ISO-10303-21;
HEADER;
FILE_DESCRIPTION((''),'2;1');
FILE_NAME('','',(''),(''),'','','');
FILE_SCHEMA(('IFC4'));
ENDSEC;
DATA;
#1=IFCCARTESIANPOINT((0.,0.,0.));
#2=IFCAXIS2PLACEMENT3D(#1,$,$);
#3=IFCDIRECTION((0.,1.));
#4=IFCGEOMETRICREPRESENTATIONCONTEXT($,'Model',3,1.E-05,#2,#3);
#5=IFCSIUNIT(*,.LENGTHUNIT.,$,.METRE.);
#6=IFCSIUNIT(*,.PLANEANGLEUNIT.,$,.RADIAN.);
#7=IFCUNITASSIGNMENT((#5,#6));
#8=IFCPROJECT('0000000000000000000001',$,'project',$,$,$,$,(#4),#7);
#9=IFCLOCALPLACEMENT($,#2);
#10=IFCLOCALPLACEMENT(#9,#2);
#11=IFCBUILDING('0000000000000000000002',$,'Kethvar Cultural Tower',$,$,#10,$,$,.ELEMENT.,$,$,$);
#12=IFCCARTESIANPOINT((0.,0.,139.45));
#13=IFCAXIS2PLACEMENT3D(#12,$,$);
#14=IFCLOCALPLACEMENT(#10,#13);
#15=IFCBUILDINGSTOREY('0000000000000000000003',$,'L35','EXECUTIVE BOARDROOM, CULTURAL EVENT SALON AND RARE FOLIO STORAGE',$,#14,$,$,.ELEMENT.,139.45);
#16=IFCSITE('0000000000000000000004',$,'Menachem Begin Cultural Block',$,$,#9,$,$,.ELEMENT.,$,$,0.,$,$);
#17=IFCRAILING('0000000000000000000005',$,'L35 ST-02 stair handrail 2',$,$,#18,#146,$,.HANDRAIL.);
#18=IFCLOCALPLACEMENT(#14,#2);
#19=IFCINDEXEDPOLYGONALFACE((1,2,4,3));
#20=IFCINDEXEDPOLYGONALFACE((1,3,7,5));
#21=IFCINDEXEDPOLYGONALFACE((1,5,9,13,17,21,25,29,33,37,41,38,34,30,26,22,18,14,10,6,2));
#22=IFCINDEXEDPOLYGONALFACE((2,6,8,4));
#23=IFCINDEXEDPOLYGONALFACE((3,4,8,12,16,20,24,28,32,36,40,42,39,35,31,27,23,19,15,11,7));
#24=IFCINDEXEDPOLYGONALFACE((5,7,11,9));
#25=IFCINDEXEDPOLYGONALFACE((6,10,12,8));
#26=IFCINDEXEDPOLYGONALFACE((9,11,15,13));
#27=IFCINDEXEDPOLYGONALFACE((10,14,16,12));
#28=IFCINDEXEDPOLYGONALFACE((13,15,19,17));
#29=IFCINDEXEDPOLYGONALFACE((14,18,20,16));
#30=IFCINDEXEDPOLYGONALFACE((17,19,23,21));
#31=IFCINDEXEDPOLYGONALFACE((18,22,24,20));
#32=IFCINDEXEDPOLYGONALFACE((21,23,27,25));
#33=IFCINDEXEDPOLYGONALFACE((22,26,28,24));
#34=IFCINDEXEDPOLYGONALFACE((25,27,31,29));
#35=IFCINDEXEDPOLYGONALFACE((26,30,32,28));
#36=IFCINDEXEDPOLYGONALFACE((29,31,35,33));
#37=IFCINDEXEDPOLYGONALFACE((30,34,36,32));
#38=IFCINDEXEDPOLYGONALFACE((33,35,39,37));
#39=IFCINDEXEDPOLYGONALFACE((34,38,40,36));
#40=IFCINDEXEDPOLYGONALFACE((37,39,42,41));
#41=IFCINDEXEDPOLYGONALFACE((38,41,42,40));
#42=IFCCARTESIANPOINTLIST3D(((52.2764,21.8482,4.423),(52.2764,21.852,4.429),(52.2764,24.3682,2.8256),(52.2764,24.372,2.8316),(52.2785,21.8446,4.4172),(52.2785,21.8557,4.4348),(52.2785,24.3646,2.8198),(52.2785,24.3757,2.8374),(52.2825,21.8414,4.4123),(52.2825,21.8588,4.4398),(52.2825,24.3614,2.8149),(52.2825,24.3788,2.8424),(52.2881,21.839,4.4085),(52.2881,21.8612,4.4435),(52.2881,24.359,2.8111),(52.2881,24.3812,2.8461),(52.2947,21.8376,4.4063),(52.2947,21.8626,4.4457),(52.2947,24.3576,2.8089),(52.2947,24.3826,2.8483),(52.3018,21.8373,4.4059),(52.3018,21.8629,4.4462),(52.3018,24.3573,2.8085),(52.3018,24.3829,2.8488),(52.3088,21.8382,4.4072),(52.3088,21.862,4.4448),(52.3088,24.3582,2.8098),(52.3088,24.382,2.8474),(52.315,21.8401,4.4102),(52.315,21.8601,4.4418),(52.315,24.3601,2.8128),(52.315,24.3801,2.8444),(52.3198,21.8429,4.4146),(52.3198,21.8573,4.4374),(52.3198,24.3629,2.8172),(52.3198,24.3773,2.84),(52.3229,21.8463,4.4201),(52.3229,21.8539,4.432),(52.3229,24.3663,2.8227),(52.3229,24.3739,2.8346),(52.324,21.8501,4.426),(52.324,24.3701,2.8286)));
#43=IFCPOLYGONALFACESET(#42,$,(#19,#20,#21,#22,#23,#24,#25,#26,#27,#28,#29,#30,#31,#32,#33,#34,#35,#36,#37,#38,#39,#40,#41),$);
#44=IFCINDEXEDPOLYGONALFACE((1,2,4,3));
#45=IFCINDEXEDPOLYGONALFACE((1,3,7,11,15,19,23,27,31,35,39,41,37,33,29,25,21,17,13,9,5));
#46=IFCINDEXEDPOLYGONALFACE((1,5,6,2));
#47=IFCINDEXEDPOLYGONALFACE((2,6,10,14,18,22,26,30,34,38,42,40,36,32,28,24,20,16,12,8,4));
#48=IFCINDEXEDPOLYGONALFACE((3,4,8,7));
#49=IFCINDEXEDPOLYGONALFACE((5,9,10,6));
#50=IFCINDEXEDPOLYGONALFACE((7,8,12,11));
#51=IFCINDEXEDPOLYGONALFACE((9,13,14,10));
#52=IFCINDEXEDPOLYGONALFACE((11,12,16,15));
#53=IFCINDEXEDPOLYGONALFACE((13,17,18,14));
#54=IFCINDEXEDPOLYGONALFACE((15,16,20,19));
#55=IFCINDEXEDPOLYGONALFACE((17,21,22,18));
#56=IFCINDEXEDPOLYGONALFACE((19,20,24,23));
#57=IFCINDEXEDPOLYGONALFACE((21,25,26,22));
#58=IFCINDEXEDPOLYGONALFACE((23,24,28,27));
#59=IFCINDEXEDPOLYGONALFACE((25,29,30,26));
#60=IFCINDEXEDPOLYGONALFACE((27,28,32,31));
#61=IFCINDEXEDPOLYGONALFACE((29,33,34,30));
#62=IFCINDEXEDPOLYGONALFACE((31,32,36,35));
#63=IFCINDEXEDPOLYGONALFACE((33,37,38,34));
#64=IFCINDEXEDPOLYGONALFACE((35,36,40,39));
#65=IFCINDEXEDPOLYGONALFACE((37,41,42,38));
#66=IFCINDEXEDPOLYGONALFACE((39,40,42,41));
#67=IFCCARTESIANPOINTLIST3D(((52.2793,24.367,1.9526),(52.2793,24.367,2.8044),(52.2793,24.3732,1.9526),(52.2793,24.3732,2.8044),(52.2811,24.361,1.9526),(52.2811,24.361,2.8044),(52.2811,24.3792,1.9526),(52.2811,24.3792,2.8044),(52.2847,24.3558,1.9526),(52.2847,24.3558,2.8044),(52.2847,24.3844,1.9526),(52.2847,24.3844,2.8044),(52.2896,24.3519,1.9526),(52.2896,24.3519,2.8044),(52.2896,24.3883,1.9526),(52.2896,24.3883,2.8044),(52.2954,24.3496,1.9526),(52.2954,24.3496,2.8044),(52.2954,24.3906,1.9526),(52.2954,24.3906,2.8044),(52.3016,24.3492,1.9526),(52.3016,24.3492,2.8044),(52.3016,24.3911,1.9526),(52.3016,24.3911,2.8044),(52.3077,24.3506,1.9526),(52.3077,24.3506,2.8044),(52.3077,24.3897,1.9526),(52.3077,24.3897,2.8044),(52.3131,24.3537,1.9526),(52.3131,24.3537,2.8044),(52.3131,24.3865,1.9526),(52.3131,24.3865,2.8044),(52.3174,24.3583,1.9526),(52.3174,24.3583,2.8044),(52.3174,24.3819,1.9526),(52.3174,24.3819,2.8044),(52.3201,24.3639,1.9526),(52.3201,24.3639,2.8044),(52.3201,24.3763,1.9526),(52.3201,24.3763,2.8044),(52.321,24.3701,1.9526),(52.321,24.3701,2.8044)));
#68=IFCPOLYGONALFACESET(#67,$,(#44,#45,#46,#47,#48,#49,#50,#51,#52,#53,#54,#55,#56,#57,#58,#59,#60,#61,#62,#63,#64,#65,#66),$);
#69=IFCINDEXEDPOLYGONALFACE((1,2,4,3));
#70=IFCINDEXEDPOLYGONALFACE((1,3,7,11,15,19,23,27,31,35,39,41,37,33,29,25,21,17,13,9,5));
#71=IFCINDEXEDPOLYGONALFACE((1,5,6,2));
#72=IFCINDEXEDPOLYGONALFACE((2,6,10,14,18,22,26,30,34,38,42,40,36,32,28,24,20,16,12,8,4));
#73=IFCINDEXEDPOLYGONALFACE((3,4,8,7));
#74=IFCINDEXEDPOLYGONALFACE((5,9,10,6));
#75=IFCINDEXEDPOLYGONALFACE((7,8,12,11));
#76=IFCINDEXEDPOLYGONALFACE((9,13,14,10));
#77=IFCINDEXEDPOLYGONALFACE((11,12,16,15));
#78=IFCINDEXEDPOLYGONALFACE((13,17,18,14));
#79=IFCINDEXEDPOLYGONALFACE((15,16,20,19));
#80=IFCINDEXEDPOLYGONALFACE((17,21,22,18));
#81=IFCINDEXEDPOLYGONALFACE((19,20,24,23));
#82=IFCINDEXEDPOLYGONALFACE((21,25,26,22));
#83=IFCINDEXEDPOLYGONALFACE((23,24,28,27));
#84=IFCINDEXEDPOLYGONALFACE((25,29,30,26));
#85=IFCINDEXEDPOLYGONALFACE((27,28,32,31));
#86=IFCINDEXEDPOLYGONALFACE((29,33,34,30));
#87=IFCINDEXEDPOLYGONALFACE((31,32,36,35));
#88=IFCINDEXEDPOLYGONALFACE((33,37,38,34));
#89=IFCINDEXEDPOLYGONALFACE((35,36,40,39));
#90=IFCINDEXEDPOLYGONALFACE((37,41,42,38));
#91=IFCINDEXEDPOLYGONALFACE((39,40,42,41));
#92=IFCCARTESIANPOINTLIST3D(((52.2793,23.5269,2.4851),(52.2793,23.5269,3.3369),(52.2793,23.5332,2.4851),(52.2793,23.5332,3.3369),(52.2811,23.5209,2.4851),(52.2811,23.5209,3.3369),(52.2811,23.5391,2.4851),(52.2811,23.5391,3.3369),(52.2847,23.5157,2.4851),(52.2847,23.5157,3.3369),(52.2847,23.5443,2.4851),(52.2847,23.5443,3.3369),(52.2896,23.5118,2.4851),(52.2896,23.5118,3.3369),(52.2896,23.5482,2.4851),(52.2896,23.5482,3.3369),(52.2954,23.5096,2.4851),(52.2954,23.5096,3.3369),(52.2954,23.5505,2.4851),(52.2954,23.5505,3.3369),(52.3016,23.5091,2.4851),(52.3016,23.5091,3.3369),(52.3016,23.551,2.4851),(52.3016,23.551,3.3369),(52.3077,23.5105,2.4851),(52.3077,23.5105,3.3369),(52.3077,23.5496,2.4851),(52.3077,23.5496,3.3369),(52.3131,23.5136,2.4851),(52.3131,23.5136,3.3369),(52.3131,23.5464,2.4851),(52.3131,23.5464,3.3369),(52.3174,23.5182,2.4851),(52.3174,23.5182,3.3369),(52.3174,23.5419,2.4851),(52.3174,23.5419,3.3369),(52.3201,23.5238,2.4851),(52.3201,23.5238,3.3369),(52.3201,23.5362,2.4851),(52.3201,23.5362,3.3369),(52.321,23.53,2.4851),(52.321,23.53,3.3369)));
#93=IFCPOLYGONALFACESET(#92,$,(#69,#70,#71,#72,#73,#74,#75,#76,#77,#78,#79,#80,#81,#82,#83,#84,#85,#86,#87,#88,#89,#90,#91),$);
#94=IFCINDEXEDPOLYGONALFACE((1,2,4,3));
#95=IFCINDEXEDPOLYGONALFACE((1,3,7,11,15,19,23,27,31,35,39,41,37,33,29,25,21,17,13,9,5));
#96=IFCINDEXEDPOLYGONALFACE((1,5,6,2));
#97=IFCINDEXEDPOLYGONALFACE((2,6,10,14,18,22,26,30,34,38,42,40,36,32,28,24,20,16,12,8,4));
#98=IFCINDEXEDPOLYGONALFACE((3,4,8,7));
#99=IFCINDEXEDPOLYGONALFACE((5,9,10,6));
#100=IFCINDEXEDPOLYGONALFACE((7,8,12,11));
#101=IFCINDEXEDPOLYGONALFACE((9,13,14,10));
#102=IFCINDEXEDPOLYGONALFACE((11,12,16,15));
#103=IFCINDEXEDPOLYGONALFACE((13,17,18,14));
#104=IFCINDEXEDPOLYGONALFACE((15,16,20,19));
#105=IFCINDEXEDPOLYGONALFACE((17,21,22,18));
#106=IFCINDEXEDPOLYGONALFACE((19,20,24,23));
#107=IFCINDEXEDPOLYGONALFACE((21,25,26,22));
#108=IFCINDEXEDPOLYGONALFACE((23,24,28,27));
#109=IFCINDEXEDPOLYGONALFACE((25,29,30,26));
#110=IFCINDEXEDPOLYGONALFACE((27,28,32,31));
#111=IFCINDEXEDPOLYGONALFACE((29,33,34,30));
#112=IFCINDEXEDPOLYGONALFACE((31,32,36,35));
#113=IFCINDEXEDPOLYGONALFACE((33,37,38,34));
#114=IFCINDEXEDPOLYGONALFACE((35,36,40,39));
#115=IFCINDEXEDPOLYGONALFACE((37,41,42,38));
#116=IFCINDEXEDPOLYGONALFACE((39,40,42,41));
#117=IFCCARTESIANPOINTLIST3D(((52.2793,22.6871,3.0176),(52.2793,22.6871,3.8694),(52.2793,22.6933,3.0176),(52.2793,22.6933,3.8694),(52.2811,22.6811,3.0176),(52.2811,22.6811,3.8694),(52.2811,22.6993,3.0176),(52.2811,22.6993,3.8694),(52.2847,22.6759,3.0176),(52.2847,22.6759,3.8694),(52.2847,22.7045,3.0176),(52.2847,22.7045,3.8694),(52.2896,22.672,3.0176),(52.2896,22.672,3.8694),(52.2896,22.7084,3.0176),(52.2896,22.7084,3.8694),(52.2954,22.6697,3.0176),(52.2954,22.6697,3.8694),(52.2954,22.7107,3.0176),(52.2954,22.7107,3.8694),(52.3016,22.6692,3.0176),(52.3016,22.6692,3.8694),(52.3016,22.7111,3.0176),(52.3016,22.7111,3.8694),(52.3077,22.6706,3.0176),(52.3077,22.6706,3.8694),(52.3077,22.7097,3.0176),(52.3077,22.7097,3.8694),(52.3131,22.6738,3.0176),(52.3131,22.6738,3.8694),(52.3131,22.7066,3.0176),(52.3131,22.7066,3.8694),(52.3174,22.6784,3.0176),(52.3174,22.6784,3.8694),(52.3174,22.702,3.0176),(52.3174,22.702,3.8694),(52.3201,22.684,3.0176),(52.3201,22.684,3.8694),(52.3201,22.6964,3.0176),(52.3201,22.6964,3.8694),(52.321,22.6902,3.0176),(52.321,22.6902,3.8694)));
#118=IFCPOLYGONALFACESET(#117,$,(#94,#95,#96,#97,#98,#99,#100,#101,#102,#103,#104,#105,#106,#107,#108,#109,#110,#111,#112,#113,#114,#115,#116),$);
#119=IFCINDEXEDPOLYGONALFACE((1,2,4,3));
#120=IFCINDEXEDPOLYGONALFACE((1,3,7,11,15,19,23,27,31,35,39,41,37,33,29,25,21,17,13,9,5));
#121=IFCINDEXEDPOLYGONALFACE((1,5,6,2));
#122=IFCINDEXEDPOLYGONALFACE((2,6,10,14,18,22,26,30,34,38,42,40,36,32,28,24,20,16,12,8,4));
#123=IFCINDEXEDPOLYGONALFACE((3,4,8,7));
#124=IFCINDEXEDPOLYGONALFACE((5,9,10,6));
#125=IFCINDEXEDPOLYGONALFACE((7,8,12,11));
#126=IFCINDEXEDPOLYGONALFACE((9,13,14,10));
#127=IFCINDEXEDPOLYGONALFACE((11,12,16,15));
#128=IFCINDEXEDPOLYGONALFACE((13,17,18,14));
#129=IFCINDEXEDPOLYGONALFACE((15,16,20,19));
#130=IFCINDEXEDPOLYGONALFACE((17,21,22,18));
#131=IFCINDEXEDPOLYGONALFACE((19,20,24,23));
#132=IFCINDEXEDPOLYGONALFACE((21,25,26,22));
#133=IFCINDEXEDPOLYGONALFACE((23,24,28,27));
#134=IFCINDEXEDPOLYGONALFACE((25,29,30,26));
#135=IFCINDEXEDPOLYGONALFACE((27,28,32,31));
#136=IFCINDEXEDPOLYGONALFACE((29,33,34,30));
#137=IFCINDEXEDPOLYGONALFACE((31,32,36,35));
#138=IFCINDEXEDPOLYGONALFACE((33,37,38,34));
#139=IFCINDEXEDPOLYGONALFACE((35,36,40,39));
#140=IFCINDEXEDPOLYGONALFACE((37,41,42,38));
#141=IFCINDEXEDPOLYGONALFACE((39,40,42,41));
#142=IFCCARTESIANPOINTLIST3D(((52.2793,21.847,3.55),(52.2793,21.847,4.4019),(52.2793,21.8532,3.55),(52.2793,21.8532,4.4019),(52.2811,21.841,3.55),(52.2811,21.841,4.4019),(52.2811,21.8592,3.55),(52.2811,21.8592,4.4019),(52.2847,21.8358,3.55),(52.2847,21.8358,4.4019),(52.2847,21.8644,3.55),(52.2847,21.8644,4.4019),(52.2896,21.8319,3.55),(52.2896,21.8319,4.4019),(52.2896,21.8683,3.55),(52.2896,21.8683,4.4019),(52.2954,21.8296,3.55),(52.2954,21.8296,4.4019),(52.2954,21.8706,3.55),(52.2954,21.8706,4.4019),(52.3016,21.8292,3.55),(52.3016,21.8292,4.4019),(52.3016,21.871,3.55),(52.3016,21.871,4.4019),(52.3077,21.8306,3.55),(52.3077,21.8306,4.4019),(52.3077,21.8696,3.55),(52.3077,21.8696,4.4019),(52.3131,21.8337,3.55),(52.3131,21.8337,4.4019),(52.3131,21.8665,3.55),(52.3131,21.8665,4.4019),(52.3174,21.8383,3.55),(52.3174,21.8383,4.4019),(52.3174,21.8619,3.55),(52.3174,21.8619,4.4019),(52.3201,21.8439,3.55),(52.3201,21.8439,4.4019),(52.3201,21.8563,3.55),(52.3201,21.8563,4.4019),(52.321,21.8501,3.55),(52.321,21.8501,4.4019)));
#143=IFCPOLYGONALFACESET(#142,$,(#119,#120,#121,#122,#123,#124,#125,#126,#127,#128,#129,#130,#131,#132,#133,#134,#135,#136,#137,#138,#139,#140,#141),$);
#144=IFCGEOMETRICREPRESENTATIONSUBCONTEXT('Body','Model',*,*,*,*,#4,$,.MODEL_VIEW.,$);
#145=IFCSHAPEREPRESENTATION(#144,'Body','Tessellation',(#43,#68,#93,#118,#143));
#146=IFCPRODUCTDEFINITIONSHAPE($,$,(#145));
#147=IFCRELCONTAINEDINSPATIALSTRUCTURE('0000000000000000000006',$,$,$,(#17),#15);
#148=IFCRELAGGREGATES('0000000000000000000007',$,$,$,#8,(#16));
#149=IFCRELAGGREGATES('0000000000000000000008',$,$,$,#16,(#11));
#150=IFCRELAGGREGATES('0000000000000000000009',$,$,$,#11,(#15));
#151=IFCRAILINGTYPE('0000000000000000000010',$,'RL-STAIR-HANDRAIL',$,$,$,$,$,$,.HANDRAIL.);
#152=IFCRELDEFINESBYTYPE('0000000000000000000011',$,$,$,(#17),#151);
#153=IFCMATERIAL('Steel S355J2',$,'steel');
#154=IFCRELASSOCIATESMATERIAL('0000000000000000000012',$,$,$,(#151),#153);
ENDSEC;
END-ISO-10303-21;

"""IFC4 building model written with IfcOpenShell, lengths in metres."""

from ifc_helpers import new_model, si_unit, direction, frame, origin, origin_2d, place, context, subcontext, project, spatial, circle, extrude, material, type_object, element, save


model = new_model("IFC4")

# Units and contexts
model_context = context("Model", 3, precision=1e-05, world=origin(), true_north=direction((0.0, 1.0)))
body_context = subcontext(model_context, "Body", "Model", "MODEL_VIEW")
ifc_project = project(units=[si_unit("LENGTHUNIT", "METRE"), si_unit("PLANEANGLEUNIT", "RADIAN")], contexts=[model_context])

# Site, building, storey
site_placement = place(None, origin())
site = spatial("IfcSite", under=ifc_project, at=site_placement, Name="Menachem Begin Cultural Block", CompositionType="ELEMENT", RefElevation=0.0)
building_placement = place(site_placement, origin())
building = spatial("IfcBuilding", under=site, at=building_placement, Name="Kethvar Cultural Tower", CompositionType="ELEMENT")
storey_placement = place(building_placement, frame((0.0, 0.0, 139.45)))
storey = spatial("IfcBuildingStorey", under=building, at=storey_placement, Name="L35", Description="EXECUTIVE BOARDROOM, CULTURAL EVENT SALON AND RARE FOLIO STORAGE", CompositionType="ELEMENT", Elevation=139.45)

# Shared definitions
ifc_material_1 = material(Name="Steel S355J2", Category="steel")

# Railing
railing_type_1 = type_object("IfcRailingType", Name="RL-STAIR-HANDRAIL", PredefinedType="HANDRAIL", material=ifc_material_1)
railing_1_placement = place(storey_placement, frame((52.3, 24.3701, 1.9526)))
element("IfcRailing", 1, at=railing_1_placement, inside=storey, type_object=railing_type_1, Name="L35 ST-02 stair handrail 2", PredefinedType="HANDRAIL", context=body_context, shape_type="SweptSolid", body=[
    extrude(circle(Radius=0.0239, at=origin_2d()), frame((0.0, 0.0, 0.876), z_axis=(0.0, -0.844607, 0.535387), x_axis=(1.0, 0.0, 0.0)), (0.0, 0.0, 1.0), 2.9836),
    extrude(circle(Radius=0.021, at=origin_2d()), origin(), (0.0, 0.0, 1.0), 0.8518),
    extrude(circle(Radius=0.021, at=origin_2d()), frame((0.0, -0.8401, 0.5325)), (0.0, 0.0, 1.0), 0.8518),
    extrude(circle(Radius=0.021, at=origin_2d()), frame((0.0, -1.6799, 1.0649)), (0.0, 0.0, 1.0), 0.8518),
    extrude(circle(Radius=0.021, at=origin_2d()), frame((0.0, -2.52, 1.5974)), (0.0, 0.0, 1.0), 0.8518),
])

save(model, "model.ifc")
